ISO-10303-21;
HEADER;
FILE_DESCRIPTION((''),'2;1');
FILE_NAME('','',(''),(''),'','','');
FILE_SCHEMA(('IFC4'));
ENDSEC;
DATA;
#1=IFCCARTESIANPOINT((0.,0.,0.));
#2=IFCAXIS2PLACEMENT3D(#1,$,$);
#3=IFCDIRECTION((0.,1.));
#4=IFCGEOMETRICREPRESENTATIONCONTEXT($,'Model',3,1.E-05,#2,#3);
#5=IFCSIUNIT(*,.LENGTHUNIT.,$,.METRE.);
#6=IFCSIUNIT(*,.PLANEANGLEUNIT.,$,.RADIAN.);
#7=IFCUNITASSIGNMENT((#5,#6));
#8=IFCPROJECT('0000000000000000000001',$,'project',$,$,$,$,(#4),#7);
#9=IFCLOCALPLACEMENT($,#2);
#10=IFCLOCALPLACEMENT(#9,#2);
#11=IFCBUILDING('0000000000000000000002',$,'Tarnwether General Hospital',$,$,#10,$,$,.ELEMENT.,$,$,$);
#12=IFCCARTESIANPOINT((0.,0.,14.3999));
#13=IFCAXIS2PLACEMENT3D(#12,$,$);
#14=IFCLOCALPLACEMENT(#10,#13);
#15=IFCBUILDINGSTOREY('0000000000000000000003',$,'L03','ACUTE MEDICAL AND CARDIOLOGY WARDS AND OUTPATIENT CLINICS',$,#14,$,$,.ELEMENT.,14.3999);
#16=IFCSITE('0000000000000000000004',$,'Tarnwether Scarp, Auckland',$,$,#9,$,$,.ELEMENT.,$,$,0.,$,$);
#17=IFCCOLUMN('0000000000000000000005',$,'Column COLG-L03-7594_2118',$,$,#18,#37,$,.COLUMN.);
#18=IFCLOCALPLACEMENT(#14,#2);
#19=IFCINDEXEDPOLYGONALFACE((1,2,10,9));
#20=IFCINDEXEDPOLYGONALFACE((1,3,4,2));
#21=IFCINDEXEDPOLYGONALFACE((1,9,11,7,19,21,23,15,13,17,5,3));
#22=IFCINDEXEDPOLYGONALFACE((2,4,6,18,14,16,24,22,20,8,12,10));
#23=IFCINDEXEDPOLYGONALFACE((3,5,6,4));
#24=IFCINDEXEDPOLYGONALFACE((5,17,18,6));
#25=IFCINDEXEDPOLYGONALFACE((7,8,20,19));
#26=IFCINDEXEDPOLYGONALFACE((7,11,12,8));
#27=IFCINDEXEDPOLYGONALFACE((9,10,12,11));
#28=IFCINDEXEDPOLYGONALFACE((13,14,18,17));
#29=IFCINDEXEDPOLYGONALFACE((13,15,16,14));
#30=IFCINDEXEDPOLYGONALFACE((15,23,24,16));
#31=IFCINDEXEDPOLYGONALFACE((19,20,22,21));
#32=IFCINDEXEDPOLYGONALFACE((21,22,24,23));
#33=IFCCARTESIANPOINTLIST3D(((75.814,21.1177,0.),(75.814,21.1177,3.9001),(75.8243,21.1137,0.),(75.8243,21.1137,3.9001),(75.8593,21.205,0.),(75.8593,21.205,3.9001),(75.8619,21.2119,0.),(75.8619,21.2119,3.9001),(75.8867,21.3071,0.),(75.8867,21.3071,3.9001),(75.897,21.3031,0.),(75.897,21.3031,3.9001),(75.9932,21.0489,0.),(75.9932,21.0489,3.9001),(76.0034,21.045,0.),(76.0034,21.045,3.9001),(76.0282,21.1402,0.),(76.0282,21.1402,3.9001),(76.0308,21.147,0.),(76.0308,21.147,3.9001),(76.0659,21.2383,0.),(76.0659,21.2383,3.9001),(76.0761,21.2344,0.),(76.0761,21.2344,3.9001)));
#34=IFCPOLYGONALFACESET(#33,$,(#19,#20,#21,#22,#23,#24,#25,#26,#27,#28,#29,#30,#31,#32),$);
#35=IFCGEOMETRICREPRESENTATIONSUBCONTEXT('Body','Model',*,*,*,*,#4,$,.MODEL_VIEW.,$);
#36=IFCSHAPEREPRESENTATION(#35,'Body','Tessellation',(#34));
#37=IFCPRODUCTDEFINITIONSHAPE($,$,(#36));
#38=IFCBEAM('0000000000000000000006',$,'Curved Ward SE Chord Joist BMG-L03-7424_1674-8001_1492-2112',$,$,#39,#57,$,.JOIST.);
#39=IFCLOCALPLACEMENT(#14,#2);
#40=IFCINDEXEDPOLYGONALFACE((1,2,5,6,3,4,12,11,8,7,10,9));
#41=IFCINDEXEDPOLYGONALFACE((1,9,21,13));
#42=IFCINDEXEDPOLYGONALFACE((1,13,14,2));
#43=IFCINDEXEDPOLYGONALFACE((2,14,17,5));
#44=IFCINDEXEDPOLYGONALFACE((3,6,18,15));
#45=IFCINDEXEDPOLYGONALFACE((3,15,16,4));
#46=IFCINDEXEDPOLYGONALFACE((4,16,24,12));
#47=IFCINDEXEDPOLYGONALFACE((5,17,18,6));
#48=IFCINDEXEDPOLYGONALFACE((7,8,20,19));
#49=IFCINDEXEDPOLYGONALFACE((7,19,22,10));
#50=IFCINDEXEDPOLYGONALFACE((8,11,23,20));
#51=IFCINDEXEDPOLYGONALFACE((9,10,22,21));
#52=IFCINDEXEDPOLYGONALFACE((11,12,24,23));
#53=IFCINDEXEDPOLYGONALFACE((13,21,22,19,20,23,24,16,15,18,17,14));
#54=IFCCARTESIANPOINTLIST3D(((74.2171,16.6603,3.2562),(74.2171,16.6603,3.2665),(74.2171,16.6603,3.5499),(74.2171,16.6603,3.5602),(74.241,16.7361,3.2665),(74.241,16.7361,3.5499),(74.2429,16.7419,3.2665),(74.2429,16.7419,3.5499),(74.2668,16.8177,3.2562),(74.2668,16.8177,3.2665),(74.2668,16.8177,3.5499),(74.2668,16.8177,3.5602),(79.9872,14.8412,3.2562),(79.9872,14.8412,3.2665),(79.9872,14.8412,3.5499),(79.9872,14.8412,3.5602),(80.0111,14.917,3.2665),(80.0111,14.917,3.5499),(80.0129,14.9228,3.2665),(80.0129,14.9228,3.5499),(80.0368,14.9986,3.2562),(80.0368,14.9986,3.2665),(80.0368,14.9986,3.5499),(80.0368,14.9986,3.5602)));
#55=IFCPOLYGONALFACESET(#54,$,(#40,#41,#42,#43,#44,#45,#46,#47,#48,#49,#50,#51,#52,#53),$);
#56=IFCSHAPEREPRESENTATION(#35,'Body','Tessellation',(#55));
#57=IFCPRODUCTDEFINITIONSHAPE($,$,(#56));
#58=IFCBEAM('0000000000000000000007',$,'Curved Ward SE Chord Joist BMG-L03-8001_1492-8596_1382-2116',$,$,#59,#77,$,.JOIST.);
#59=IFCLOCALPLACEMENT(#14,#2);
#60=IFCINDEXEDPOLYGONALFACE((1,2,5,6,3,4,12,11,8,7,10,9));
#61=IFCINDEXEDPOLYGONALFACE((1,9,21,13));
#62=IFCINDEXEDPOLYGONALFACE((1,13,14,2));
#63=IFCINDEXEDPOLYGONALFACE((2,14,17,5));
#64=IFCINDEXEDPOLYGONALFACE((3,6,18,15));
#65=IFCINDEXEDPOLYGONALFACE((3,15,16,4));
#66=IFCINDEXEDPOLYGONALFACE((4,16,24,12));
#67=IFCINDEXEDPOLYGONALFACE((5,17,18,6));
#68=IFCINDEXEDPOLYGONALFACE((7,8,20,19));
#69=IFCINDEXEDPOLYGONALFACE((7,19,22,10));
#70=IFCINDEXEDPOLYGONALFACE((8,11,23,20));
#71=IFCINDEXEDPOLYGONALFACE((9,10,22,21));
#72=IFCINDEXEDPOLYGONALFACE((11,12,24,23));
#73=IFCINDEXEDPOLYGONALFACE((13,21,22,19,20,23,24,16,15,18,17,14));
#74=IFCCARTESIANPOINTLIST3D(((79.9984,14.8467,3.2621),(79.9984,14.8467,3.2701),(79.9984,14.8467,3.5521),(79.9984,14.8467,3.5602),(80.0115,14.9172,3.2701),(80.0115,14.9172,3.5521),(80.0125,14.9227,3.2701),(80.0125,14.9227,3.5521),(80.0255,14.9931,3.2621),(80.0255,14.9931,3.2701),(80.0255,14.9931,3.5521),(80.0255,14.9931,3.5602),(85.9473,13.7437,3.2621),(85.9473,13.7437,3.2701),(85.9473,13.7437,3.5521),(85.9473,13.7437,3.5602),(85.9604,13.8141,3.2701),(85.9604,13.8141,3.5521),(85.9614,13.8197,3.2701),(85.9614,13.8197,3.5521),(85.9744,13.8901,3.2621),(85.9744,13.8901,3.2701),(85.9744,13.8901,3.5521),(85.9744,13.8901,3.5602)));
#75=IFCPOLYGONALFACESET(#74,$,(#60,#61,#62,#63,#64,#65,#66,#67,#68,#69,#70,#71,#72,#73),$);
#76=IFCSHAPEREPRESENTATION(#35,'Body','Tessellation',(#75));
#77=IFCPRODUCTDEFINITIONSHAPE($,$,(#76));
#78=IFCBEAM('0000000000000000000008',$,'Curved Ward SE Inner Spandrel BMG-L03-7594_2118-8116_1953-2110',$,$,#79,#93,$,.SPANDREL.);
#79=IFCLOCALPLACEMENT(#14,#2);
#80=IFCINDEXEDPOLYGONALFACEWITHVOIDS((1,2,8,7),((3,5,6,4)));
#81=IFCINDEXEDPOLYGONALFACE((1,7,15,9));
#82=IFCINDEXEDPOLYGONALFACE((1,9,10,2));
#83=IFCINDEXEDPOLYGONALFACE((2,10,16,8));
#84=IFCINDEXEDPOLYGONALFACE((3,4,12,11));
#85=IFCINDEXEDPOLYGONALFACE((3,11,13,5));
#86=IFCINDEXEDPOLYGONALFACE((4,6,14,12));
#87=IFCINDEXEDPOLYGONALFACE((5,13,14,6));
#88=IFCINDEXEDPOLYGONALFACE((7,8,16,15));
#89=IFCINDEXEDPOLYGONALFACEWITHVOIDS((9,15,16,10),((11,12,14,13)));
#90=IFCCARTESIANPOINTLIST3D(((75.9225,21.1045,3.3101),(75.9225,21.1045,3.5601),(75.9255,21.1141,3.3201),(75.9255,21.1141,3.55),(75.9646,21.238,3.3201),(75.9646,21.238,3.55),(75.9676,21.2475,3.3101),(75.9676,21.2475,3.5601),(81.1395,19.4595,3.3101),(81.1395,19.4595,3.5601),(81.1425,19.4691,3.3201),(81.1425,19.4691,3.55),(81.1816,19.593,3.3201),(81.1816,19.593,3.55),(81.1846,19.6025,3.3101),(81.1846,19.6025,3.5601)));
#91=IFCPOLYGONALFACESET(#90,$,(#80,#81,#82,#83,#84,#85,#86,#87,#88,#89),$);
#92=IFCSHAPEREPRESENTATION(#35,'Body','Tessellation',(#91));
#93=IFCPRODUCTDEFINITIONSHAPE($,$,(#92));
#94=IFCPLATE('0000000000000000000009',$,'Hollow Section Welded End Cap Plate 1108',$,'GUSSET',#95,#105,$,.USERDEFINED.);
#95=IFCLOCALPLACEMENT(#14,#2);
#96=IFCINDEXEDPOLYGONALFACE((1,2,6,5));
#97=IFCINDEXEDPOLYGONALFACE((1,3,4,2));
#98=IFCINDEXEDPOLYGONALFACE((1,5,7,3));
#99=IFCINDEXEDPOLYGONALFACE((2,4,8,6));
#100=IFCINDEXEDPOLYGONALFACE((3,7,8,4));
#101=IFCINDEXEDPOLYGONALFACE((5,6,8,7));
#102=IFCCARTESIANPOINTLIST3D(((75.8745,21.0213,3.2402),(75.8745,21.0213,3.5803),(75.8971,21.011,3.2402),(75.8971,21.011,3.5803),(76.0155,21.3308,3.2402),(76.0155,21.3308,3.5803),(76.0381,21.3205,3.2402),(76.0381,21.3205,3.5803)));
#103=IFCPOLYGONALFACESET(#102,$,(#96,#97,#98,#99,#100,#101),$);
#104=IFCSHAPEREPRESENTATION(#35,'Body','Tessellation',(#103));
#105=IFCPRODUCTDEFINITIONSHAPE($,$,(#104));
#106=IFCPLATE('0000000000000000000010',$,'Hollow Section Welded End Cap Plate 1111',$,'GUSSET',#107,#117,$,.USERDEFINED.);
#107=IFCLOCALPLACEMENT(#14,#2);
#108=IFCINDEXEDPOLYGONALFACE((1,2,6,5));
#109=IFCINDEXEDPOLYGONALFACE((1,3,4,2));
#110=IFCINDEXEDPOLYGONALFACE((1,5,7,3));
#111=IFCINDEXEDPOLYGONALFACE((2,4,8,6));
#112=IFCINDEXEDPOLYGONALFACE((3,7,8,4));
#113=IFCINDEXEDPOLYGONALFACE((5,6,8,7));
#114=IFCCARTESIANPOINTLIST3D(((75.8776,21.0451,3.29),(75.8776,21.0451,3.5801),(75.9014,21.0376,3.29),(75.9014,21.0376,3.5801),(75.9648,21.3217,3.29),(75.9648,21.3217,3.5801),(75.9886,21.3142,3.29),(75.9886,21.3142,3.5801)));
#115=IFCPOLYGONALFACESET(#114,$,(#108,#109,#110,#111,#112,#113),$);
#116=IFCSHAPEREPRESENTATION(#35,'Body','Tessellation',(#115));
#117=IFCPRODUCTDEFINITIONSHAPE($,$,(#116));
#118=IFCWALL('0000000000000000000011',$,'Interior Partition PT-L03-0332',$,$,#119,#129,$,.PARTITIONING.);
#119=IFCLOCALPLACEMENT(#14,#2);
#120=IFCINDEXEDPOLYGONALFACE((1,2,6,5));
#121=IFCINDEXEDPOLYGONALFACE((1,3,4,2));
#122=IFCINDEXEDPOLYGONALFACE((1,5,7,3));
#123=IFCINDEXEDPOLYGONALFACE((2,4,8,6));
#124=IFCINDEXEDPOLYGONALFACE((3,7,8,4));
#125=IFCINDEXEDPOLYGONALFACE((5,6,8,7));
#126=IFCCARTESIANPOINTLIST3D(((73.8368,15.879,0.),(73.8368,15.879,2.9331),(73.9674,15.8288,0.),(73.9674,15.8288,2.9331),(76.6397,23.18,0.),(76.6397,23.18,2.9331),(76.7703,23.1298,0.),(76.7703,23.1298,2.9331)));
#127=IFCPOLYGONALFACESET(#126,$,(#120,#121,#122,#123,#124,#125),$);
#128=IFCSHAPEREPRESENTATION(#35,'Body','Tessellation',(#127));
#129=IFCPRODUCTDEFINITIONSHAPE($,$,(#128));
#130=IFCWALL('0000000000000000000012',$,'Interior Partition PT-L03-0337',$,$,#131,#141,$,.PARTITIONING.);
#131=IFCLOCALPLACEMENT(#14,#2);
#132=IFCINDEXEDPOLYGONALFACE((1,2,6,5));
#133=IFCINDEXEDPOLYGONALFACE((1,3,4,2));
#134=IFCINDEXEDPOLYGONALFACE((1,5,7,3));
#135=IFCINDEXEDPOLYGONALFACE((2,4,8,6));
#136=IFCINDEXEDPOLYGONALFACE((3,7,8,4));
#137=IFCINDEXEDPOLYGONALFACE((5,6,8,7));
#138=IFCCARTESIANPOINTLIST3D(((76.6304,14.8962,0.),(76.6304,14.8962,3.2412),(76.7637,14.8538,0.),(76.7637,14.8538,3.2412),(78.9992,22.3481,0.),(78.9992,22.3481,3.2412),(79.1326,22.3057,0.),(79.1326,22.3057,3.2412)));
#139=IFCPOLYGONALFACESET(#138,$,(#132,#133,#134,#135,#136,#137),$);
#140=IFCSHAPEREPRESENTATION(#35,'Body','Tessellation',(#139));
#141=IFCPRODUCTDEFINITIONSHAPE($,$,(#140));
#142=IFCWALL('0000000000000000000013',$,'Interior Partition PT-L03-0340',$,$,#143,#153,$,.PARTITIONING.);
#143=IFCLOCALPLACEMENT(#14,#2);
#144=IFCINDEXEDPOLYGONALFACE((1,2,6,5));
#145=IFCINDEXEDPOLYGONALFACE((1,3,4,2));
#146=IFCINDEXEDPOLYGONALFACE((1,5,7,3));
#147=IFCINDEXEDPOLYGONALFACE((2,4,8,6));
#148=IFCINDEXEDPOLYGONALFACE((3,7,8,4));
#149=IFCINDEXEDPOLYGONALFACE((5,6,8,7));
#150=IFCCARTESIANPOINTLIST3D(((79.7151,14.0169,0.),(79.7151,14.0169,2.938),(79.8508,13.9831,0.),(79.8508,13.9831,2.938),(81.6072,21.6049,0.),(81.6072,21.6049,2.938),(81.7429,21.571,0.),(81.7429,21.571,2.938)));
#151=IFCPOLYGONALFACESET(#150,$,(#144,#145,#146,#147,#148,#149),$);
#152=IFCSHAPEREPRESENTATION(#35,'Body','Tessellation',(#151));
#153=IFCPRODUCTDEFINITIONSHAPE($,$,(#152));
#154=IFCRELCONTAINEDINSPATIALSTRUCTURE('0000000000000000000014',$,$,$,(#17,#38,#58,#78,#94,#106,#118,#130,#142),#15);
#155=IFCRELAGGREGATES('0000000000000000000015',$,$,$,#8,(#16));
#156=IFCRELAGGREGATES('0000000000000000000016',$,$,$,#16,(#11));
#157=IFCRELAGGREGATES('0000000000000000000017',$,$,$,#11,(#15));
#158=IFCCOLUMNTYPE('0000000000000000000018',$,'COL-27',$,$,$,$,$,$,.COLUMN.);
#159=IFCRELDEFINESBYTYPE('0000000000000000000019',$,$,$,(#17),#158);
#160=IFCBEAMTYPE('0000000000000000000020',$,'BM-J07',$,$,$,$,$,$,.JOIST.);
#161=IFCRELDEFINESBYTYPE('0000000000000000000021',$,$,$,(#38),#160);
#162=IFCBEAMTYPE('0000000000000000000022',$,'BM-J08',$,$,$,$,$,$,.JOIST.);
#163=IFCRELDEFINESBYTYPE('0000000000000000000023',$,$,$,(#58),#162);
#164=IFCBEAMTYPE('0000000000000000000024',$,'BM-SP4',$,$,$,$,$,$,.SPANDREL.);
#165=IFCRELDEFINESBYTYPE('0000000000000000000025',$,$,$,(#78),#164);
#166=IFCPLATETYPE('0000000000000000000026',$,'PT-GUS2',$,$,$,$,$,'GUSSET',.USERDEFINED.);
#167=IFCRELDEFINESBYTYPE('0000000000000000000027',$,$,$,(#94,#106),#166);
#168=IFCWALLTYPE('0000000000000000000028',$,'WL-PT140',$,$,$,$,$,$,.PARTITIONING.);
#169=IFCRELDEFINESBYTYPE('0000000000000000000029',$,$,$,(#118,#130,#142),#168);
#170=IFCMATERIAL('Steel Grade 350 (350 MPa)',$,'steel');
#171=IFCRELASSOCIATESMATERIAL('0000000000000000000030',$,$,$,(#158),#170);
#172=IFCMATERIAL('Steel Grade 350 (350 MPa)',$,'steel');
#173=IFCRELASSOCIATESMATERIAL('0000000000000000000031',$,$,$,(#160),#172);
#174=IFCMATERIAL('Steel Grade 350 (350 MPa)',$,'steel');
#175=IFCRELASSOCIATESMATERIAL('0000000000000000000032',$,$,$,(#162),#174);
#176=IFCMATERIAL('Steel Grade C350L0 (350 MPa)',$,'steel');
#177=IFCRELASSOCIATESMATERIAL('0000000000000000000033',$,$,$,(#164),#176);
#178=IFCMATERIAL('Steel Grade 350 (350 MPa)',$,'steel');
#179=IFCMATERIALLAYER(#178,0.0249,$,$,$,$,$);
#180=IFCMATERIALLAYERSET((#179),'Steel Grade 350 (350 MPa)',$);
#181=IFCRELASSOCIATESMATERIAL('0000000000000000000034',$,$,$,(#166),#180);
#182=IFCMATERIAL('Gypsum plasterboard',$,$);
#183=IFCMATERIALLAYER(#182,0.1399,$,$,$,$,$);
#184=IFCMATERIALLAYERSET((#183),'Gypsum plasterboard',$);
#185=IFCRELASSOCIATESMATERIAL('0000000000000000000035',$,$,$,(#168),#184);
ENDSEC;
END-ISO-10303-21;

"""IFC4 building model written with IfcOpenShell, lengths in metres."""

from ifc_helpers import new_model, si_unit, direction, frame, frame_2d, origin, origin_2d, place, context, subcontext, project, spatial, rectangle, hollow_rectangle, i_section, extrude, material, layer, layer_set, material_profile, profile_set, type_object, element, save


model = new_model("IFC4")

# Units and contexts
model_context = context("Model", 3, precision=1e-05, world=origin(), true_north=direction((0.0, 1.0)))
body_context = subcontext(model_context, "Body", "Model", "MODEL_VIEW")
ifc_project = project(units=[si_unit("LENGTHUNIT", "METRE"), si_unit("PLANEANGLEUNIT", "RADIAN")], contexts=[model_context])

# Site, building, storey
site_placement = place(None, origin())
site = spatial("IfcSite", under=ifc_project, at=site_placement, Name="Tarnwether Scarp, Auckland", CompositionType="ELEMENT", RefElevation=0.0)
building_placement = place(site_placement, origin())
building = spatial("IfcBuilding", under=site, at=building_placement, Name="Tarnwether General Hospital", CompositionType="ELEMENT")
storey_placement = place(building_placement, frame((0.0, 0.0, 14.3999)))
storey = spatial("IfcBuildingStorey", under=building, at=storey_placement, Name="L03", Description="ACUTE MEDICAL AND CARDIOLOGY WARDS AND OUTPATIENT CLINICS", CompositionType="ELEMENT", Elevation=14.3999)

# Column
ifc_material_1 = material(Name="Steel Grade 350 (350 MPa)", Category="steel")
ifc_material_profile_1 = material_profile(ifc_material_1, i_section(OverallWidth=0.2029, OverallDepth=0.2029, WebThickness=0.0073, FlangeThickness=0.011, at=origin_2d()), Name="200UC46.2")
ifc_profile_set_1 = profile_set([ifc_material_profile_1], Name="Steel Grade 350 (350 MPa)")
column_type = type_object("IfcColumnType", Name="COL-27", PredefinedType="COLUMN", material=ifc_profile_set_1)
column_placement = place(storey_placement, frame((75.9451, 21.176, 0.0), z_axis=(0.0, 0.0, 1.0), x_axis=(0.358368, 0.93358, 0.0)))
element("IfcColumn", 1, at=column_placement, inside=storey, type_object=column_type, Name="Column COLG-L03-7594_2118", PredefinedType="COLUMN", context=body_context, shape_type="SweptSolid", body=[
    extrude(i_section(OverallWidth=0.2029, OverallDepth=0.2029, WebThickness=0.0073, FlangeThickness=0.011, at=origin_2d()), origin(), (0.0, 0.0, 1.0), 3.9001),
])

# Beams
ifc_material_2 = material(Name="Steel Grade 350 (350 MPa)", Category="steel")
ifc_material_profile_2 = material_profile(ifc_material_2, i_section(OverallWidth=0.165, OverallDepth=0.304, WebThickness=0.0061, FlangeThickness=0.0103, at=origin_2d()), Name="310UB40.4")
ifc_profile_set_2 = profile_set([ifc_material_profile_2], Name="Steel Grade 350 (350 MPa)")
beam_type_1 = type_object("IfcBeamType", Name="BM-J07", PredefinedType="JOIST", material=ifc_profile_set_2)
beam_1_placement = place(storey_placement, frame((74.2419, 16.739, 3.4082), z_axis=(0.953726, -0.300677, 0.0), x_axis=(0.300677, 0.953726, 0.0)))
element("IfcBeam", 2, at=beam_1_placement, inside=storey, type_object=beam_type_1, Name="Curved Ward SE Chord Joist BMG-L03-7424_1674-8001_1492-2112", PredefinedType="JOIST", context=body_context, shape_type="SweptSolid", body=[
    extrude(i_section(OverallWidth=0.165, OverallDepth=0.304, WebThickness=0.0061, FlangeThickness=0.0103, at=origin_2d()), origin(), (0.0, 0.0, 1.0), 6.05),
])
ifc_material_3 = material(Name="Steel Grade 350 (350 MPa)", Category="steel")
ifc_material_profile_3 = material_profile(ifc_material_3, i_section(OverallWidth=0.1489, OverallDepth=0.2981, WebThickness=0.0056, FlangeThickness=0.0081, at=origin_2d()), Name="310UB32.0")
ifc_profile_set_3 = profile_set([ifc_material_profile_3], Name="Steel Grade 350 (350 MPa)")
beam_type_2 = type_object("IfcBeamType", Name="BM-J08", PredefinedType="JOIST", material=ifc_profile_set_3)
beam_2_placement = place(storey_placement, frame((80.012, 14.9199, 3.4111), z_axis=(0.983242, -0.182307, 0.0), x_axis=(0.182307, 0.983242, 0.0)))
element("IfcBeam", 3, at=beam_2_placement, inside=storey, type_object=beam_type_2, Name="Curved Ward SE Chord Joist BMG-L03-8001_1492-8596_1382-2116", PredefinedType="JOIST", context=body_context, shape_type="SweptSolid", body=[
    extrude(i_section(OverallWidth=0.1489, OverallDepth=0.2981, WebThickness=0.0056, FlangeThickness=0.0081, at=origin_2d()), origin(), (0.0, 0.0, 1.0), 6.0503),
])
ifc_material_4 = material(Name="Steel Grade C350L0 (350 MPa)", Category="steel")
ifc_material_profile_4 = material_profile(ifc_material_4, hollow_rectangle(XDim=0.1499, YDim=0.25, WallThickness=0.01, at=origin_2d()), Name="RHS250x150x10")
ifc_profile_set_4 = profile_set([ifc_material_profile_4], Name="Steel Grade C350L0 (350 MPa)")
beam_type_3 = type_object("IfcBeamType", Name="BM-SP4", PredefinedType="SPANDREL", material=ifc_profile_set_4)
beam_3_placement = place(storey_placement, frame((75.9451, 21.176, 3.4351), z_axis=(0.953712, -0.300721, 0.0), x_axis=(0.300721, 0.953712, 0.0)))
element("IfcBeam", 4, at=beam_3_placement, inside=storey, type_object=beam_type_3, Name="Curved Ward SE Inner Spandrel BMG-L03-7594_2118-8116_1953-2110", PredefinedType="SPANDREL", context=body_context, shape_type="SweptSolid", body=[
    extrude(hollow_rectangle(XDim=0.1499, YDim=0.25, WallThickness=0.01, at=origin_2d()), origin(), (0.0, 0.0, 1.0), 5.4702),
])

# Plates
ifc_material_5 = material(Name="Steel Grade 350 (350 MPa)", Category="steel")
ifc_layer_1 = layer(ifc_material_5, 0.0249)
ifc_layer_set_1 = layer_set([ifc_layer_1], Name="Steel Grade 350 (350 MPa)")
plate_type = type_object("IfcPlateType", Name="PT-GUS2", ElementType="GUSSET", PredefinedType="USERDEFINED", material=ifc_layer_set_1)
plate_1_placement = place(storey_placement, frame((75.9563, 21.1709, 3.2402), z_axis=(0.0, 0.0, 1.0), x_axis=(0.909969, -0.414677, 0.0)))
element("IfcPlate", 5, at=plate_1_placement, inside=storey, type_object=plate_type, Name="Hollow Section Welded End Cap Plate 1108", ObjectType="GUSSET", PredefinedType="USERDEFINED", context=body_context, shape_type="SweptSolid", body=[
    extrude(rectangle(XDim=0.0249, YDim=0.3401, at=origin_2d()), origin(), (0.0, 0.0, 1.0), 0.3401),
])
plate_2_placement = place(storey_placement, frame((75.9331, 21.1797, 3.29), z_axis=(0.0, 0.0, 1.0), x_axis=(0.953712, -0.300722, 0.0)))
element("IfcPlate", 6, at=plate_2_placement, inside=storey, type_object=plate_type, Name="Hollow Section Welded End Cap Plate 1111", ObjectType="GUSSET", PredefinedType="USERDEFINED", context=body_context, shape_type="SweptSolid", body=[
    extrude(rectangle(XDim=0.0249, YDim=0.29, at=origin_2d()), origin(), (0.0, 0.0, 1.0), 0.29),
])

# Walls
ifc_material_6 = material(Name="Gypsum plasterboard")
ifc_layer_2 = layer(ifc_material_6, 0.1399)
ifc_layer_set_2 = layer_set([ifc_layer_2], Name="Gypsum plasterboard")
wall_type_1 = type_object("IfcWallType", Name="WL-PT140", PredefinedType="PARTITIONING", material=ifc_layer_set_2)
wall_1_placement = place(storey_placement, frame((73.9021, 15.854, 0.0), z_axis=(0.0, 0.0, 1.0), x_axis=(0.35841, 0.933564, 0.0)))
element("IfcWall", 7, at=wall_1_placement, inside=storey, type_object=wall_type_1, Name="Interior Partition PT-L03-0332", PredefinedType="PARTITIONING", context=body_context, shape_type="SweptSolid", body=[
    extrude(rectangle(XDim=7.8206, YDim=0.1399, at=frame_2d((3.9102, 0.0))), origin(), (0.0, 0.0, 1.0), 2.9331),
])
wall_2_placement = place(storey_placement, frame((76.697, 14.875, 0.0), z_axis=(0.0, 0.0, 1.0), x_axis=(0.302952, 0.953006, 0.0)))
element("IfcWall", 8, at=wall_2_placement, inside=storey, type_object=wall_type_1, Name="Interior Partition PT-L03-0337", PredefinedType="PARTITIONING", context=body_context, shape_type="SweptSolid", body=[
    extrude(rectangle(XDim=7.8193, YDim=0.1399, at=frame_2d((3.9097, 0.0))), origin(), (0.0, 0.0, 1.0), 3.2412),
])
wall_3_placement = place(storey_placement, frame((79.783, 14.0, 0.0), z_axis=(0.0, 0.0, 1.0), x_axis=(0.241948, 0.970289, 0.0)))
element("IfcWall", 9, at=wall_3_placement, inside=storey, type_object=wall_type_1, Name="Interior Partition PT-L03-0340", PredefinedType="PARTITIONING", context=body_context, shape_type="SweptSolid", body=[
    extrude(rectangle(XDim=7.8203, YDim=0.1399, at=frame_2d((3.9102, 0.0))), origin(), (0.0, 0.0, 1.0), 2.938),
])

save(model, "model.ifc")
